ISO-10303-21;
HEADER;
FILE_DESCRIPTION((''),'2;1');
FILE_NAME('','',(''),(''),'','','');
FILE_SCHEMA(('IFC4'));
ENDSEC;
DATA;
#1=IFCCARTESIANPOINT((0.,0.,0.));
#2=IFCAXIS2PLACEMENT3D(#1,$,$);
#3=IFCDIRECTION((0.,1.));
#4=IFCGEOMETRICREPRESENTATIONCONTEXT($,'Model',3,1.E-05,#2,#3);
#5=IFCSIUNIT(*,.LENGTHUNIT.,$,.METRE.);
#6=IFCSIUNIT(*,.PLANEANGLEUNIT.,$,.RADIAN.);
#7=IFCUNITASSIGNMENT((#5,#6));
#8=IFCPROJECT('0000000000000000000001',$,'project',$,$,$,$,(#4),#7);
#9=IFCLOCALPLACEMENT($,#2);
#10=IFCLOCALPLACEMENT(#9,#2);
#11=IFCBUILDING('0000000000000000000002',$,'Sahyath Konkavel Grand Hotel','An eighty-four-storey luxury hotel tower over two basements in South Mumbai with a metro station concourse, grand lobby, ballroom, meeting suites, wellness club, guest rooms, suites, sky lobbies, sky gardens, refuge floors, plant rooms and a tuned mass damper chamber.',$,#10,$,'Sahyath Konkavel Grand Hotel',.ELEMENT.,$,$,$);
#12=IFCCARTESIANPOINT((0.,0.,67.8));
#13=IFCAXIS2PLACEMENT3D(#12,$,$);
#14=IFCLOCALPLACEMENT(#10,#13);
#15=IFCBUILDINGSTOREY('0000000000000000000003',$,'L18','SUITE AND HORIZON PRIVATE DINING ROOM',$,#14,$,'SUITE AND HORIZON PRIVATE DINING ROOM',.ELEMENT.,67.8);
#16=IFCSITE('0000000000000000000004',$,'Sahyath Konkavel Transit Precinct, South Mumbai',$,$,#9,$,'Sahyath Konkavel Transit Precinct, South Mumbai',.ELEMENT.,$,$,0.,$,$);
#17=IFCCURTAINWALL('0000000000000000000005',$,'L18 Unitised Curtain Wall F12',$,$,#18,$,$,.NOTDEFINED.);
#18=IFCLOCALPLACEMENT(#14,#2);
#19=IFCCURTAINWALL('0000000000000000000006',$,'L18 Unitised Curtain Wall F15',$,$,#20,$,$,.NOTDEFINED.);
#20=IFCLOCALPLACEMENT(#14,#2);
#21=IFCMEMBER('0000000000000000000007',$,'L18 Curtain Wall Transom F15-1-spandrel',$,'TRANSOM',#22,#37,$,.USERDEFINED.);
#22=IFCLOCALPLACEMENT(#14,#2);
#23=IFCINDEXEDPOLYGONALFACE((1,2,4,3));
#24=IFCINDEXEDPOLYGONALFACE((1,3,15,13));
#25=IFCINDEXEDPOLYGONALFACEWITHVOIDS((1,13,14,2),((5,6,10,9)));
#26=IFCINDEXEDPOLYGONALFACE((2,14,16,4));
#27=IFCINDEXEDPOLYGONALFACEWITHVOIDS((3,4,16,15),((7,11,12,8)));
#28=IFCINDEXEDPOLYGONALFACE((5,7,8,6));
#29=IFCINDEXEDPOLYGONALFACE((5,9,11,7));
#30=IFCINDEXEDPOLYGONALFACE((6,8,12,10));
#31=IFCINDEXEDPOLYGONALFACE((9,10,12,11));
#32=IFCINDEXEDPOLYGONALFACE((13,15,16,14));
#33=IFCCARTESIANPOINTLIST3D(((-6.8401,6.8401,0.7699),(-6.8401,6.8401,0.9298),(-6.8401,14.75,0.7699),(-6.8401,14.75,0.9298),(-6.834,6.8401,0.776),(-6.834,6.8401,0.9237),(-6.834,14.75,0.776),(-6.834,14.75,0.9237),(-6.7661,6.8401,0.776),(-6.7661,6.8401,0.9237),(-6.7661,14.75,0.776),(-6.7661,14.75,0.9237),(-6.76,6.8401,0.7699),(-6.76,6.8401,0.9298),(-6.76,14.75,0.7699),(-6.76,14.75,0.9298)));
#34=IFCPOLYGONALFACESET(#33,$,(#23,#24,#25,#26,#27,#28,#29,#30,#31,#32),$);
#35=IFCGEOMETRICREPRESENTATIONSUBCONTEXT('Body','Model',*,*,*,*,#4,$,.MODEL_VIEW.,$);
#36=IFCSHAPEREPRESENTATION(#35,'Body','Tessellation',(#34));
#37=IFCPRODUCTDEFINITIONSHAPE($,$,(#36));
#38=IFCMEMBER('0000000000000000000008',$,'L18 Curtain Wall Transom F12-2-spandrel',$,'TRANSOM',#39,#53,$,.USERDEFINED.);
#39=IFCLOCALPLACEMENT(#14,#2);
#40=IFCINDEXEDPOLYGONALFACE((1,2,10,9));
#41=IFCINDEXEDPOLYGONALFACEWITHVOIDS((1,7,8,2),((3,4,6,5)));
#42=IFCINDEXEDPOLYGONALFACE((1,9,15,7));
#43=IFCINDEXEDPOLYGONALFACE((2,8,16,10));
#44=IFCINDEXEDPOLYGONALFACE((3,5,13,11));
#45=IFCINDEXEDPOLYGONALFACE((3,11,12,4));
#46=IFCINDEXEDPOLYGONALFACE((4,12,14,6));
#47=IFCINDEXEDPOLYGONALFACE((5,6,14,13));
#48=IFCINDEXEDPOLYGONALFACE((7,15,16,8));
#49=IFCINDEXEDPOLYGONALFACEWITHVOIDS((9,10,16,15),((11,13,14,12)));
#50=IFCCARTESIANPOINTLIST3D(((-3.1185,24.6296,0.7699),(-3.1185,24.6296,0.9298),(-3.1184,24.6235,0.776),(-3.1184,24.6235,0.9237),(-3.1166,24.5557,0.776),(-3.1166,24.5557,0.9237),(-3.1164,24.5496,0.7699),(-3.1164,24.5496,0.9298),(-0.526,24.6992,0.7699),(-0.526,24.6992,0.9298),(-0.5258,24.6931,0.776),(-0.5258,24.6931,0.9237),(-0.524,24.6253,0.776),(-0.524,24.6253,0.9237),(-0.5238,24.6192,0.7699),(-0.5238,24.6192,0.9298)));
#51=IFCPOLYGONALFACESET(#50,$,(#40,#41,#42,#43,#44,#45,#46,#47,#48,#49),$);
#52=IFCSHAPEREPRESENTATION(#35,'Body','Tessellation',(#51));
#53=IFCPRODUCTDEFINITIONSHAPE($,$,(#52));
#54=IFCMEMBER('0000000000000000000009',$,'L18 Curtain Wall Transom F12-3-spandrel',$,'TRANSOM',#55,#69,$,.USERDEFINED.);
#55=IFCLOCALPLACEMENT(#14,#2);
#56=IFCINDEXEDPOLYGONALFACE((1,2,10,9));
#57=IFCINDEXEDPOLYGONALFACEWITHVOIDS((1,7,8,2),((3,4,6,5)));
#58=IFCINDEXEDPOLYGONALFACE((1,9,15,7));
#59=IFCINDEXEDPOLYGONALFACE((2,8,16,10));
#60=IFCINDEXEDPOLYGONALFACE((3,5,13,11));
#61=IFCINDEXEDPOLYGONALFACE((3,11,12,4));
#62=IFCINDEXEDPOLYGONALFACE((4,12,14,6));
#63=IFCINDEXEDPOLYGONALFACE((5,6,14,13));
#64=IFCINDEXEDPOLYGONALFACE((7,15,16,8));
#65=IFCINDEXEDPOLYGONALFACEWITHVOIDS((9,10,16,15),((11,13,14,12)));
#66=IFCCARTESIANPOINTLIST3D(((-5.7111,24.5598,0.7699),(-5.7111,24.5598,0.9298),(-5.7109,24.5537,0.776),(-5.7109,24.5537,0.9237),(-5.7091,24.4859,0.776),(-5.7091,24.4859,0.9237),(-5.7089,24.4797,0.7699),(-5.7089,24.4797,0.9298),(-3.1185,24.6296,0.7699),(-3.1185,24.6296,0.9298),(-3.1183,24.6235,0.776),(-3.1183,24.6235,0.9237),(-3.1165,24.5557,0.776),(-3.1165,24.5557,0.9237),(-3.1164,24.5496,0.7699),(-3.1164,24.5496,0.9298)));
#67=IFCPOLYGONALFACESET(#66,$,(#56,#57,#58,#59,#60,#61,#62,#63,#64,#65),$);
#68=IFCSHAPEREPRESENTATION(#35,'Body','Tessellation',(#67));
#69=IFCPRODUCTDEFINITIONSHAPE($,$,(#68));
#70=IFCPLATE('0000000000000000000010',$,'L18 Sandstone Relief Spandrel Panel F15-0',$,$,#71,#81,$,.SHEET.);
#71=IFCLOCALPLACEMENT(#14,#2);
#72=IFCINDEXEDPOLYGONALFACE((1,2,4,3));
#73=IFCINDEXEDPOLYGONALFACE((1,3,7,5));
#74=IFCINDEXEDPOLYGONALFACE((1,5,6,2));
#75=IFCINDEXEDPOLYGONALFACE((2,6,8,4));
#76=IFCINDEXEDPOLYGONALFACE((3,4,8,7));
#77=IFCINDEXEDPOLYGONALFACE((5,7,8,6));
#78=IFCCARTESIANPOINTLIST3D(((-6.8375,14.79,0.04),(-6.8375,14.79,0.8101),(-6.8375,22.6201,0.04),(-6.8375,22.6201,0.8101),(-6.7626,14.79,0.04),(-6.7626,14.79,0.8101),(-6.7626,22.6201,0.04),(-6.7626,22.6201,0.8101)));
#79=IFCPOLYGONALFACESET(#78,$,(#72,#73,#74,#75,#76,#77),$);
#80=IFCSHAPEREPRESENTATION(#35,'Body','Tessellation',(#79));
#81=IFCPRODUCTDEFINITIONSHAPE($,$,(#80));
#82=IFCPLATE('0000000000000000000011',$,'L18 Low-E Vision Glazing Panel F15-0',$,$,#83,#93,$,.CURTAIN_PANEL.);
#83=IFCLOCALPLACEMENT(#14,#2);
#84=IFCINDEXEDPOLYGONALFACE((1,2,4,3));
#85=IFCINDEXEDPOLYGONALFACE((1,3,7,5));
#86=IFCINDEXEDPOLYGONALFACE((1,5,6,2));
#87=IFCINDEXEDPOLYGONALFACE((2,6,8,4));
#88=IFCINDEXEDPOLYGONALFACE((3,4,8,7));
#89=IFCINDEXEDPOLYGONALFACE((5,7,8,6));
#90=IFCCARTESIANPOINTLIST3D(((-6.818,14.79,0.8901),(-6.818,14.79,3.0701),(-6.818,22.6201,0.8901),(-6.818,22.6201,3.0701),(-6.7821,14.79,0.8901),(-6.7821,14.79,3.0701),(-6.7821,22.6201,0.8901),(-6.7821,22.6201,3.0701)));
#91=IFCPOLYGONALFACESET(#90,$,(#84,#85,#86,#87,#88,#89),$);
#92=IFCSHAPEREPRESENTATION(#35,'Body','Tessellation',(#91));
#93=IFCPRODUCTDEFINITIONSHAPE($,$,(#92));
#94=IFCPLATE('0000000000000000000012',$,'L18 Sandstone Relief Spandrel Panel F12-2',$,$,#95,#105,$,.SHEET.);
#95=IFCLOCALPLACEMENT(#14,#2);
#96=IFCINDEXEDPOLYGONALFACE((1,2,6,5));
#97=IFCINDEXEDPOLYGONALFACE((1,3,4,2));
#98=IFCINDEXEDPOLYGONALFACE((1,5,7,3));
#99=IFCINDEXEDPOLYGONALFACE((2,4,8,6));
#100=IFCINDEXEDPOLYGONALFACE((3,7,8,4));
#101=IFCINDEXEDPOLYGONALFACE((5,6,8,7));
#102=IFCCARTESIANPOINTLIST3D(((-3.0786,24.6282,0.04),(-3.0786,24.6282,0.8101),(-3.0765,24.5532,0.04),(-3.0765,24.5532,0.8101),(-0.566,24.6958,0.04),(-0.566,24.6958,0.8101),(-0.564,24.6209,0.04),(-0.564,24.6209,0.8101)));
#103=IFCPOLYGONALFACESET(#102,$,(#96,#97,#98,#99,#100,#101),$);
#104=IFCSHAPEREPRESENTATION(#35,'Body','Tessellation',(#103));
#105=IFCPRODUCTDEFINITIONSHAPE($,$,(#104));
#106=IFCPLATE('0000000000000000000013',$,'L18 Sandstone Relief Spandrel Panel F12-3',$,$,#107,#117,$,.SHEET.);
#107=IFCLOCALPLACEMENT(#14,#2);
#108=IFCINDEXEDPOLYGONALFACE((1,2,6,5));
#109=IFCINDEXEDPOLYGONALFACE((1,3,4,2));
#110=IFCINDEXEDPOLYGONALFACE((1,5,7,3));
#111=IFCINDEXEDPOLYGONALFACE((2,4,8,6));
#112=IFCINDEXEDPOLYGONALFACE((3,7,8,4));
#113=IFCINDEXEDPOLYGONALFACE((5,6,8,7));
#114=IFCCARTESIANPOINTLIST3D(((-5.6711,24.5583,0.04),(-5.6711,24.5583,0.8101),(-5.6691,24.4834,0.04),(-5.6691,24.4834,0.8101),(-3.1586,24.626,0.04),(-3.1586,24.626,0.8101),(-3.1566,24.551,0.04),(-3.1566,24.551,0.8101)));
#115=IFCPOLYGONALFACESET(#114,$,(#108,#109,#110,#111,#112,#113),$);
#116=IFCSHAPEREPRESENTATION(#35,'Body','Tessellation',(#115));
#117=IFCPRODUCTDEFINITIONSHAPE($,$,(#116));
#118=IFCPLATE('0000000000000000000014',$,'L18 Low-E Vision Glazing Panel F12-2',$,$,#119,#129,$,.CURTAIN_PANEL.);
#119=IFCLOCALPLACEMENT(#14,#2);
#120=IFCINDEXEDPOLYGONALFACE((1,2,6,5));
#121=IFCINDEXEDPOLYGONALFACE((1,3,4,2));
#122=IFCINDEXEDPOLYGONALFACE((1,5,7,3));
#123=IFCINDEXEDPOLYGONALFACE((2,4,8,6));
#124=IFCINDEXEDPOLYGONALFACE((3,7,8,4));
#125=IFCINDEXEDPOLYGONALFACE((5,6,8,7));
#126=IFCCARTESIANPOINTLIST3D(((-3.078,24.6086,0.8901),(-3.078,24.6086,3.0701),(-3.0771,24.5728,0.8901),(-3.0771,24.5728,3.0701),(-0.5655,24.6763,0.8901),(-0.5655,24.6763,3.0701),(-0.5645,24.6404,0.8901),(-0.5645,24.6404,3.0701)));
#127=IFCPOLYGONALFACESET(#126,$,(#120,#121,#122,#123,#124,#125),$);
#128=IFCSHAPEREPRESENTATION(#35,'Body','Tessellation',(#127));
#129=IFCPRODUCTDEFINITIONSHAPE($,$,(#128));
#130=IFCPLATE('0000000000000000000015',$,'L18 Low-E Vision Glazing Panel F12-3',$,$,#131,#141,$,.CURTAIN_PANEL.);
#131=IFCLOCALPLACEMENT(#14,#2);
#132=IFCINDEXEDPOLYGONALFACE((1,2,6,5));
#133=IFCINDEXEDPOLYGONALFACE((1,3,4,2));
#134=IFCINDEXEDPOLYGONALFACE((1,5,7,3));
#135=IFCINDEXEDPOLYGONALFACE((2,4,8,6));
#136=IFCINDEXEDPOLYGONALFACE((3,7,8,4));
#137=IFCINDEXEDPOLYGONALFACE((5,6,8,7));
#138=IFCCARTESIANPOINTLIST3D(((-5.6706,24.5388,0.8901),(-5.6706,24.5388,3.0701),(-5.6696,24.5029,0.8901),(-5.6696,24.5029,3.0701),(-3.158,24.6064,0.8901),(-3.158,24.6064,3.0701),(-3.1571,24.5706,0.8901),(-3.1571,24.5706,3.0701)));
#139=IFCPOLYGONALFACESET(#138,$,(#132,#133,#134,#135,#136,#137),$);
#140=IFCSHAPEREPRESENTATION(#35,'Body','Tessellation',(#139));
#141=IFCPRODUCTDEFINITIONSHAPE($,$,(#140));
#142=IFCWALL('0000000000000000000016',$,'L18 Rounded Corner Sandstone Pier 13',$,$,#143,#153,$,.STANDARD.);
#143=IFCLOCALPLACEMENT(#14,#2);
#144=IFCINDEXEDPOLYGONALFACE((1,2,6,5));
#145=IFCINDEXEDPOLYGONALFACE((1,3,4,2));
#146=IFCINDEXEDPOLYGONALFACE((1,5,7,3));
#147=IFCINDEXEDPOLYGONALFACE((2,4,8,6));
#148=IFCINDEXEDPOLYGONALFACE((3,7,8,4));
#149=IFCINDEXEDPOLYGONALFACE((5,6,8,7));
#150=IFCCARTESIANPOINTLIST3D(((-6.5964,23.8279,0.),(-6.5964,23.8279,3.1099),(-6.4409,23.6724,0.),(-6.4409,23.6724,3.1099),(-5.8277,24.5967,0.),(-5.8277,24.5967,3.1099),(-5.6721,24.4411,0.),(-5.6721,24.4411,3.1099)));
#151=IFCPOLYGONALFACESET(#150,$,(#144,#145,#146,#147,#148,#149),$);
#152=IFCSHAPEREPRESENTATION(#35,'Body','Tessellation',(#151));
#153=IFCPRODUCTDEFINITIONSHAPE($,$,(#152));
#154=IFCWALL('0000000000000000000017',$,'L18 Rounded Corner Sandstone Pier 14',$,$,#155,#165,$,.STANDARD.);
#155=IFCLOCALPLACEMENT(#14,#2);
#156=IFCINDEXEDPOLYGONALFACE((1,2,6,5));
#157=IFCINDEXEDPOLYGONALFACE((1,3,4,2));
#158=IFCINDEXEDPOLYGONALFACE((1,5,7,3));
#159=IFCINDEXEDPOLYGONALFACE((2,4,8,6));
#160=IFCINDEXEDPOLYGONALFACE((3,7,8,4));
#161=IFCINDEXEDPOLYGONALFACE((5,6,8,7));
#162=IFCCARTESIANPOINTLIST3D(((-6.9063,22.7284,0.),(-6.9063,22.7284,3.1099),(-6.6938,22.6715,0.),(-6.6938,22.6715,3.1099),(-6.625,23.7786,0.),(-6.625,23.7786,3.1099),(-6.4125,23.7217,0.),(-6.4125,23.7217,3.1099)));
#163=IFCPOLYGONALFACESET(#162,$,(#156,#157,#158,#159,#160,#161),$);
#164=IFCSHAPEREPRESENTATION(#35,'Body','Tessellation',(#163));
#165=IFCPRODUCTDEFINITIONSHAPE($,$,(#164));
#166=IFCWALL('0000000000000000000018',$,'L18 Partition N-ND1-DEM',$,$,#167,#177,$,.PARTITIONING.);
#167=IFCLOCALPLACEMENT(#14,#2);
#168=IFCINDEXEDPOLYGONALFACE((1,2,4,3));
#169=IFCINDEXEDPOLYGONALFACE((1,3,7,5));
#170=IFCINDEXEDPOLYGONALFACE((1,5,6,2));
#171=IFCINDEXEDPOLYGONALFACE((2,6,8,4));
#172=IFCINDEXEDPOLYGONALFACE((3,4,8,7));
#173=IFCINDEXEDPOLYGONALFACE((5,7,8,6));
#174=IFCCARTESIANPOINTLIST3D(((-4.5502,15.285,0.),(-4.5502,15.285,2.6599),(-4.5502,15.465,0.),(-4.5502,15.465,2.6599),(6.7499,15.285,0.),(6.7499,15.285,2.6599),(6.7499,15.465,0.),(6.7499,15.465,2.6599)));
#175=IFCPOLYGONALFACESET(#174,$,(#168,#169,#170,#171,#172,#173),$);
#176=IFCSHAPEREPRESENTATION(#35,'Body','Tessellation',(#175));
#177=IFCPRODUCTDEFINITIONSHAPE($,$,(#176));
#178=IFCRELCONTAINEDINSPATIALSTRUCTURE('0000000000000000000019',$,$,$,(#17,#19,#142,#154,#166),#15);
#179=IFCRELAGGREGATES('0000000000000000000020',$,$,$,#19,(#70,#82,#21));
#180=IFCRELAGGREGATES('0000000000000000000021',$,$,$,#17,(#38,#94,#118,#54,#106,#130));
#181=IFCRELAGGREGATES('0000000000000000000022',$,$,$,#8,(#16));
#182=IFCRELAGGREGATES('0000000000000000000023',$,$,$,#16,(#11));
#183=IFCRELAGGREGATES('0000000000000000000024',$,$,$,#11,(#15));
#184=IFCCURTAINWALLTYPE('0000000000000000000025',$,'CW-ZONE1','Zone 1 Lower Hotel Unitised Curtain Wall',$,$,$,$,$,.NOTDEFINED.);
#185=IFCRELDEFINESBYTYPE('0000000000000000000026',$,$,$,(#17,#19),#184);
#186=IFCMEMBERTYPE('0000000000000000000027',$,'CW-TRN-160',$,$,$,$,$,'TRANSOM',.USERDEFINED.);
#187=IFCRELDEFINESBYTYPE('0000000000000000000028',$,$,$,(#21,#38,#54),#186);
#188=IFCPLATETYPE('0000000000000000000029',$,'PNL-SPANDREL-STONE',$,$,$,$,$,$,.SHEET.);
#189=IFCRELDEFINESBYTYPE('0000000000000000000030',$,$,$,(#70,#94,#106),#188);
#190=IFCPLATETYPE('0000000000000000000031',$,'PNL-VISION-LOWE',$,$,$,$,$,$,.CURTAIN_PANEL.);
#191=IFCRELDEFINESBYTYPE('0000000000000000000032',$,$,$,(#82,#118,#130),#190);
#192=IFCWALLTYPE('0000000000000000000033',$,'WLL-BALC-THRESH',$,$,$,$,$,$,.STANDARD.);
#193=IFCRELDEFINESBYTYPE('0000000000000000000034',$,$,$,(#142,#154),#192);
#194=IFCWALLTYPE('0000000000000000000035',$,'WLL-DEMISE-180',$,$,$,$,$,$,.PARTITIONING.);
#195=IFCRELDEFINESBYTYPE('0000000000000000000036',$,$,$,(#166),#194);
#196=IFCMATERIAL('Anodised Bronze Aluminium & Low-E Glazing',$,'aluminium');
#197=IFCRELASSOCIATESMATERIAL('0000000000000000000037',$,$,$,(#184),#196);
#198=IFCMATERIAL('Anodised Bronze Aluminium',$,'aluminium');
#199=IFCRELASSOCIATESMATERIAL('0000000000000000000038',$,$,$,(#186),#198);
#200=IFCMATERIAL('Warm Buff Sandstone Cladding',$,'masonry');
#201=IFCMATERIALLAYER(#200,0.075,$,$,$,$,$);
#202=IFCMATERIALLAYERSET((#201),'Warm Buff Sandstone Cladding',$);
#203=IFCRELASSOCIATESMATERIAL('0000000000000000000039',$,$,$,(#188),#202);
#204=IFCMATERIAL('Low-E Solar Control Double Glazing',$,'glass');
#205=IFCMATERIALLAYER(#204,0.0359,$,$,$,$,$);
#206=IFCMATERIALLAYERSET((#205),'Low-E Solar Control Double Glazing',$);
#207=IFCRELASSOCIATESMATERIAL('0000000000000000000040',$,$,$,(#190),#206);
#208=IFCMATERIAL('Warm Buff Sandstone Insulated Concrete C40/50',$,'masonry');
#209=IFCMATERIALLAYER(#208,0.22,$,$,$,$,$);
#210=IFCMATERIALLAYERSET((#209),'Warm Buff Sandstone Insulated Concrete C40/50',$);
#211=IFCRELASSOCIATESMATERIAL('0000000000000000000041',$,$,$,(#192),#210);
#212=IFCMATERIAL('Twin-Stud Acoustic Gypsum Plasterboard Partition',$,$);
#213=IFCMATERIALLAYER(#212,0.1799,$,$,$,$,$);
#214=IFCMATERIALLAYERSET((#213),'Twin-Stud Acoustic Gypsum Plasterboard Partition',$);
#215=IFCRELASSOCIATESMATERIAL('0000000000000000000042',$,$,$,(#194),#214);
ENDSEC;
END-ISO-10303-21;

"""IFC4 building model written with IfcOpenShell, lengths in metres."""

from ifc_helpers import new_model, si_unit, direction, frame, frame_2d, origin, origin_2d, place, context, subcontext, project, spatial, rectangle, hollow_rectangle, extrude, source, transform, mapped, material, layer, layer_set, material_profile, profile_set, type_object, element, aggregate, save


model = new_model("IFC4")

# Units and contexts
model_context = context("Model", 3, precision=1e-05, world=origin(), true_north=direction((0.0, 1.0)))
body_context = subcontext(model_context, "Body", "Model", "MODEL_VIEW")
ifc_project = project(units=[si_unit("LENGTHUNIT", "METRE"), si_unit("PLANEANGLEUNIT", "RADIAN")], contexts=[model_context])

# Site, building, storey
site_placement = place(None, origin())
site = spatial("IfcSite", under=ifc_project, at=site_placement, Name="Sahyath Konkavel Transit Precinct, South Mumbai", LongName="Sahyath Konkavel Transit Precinct, South Mumbai", CompositionType="ELEMENT", RefElevation=0.0)
building_placement = place(site_placement, origin())
building = spatial("IfcBuilding", under=site, at=building_placement, Name="Sahyath Konkavel Grand Hotel", Description="An eighty-four-storey luxury hotel tower over two basements in South Mumbai with a metro station concourse, grand lobby, ballroom, meeting suites, wellness club, guest rooms, suites, sky lobbies, sky gardens, refuge floors, plant rooms and a tuned mass damper chamber.", LongName="Sahyath Konkavel Grand Hotel", CompositionType="ELEMENT")
storey_placement = place(building_placement, frame((0.0, 0.0, 67.8)))
storey = spatial("IfcBuildingStorey", under=building, at=storey_placement, Name="L18", Description="SUITE AND HORIZON PRIVATE DINING ROOM", LongName="SUITE AND HORIZON PRIVATE DINING ROOM", CompositionType="ELEMENT", Elevation=67.8)

# Curtain walls
ifc_material_1 = material(Name="Anodised Bronze Aluminium & Low-E Glazing", Category="aluminium")
curtain_wall_type = type_object("IfcCurtainWallType", Name="CW-ZONE1", Description="Zone 1 Lower Hotel Unitised Curtain Wall", PredefinedType="NOTDEFINED", material=ifc_material_1)
curtain_wall_1_placement = place(storey_placement, origin())
curtain_wall_1 = element("IfcCurtainWall", 1, at=curtain_wall_1_placement, inside=storey, type_object=curtain_wall_type, Name="L18 Unitised Curtain Wall F12", PredefinedType="NOTDEFINED")
ifc_material_2 = material(Name="Anodised Bronze Aluminium", Category="aluminium")
curtain_wall_2_placement = place(storey_placement, origin())
curtain_wall_2 = element("IfcCurtainWall", 2, at=curtain_wall_2_placement, inside=storey, type_object=curtain_wall_type, Name="L18 Unitised Curtain Wall F15", PredefinedType="NOTDEFINED")

# Members
ifc_material_profile_1 = material_profile(ifc_material_2, hollow_rectangle(XDim=0.0801, YDim=0.1599, WallThickness=0.0061, at=origin_2d()), Name="RHS 160x80x6")
ifc_profile_set_1 = profile_set([ifc_material_profile_1], Name="Anodised Bronze Aluminium")
member_type_1 = type_object("IfcMemberType", Name="CW-TRN-160", ElementType="TRANSOM", PredefinedType="USERDEFINED", material=ifc_profile_set_1)
shared_shape_1 = source(origin(), body_context, "Body", "SweptSolid", [
    extrude(hollow_rectangle(XDim=0.0801, YDim=0.1599, WallThickness=0.0061, at=origin_2d()), origin(), (0.0, 0.0, 1.0), 7.9099),
])
member_1_placement = place(storey_placement, frame((-6.8, 14.75, 0.8499), z_axis=(0.0, -1.0, 0.0), x_axis=(1.0, 0.0, 0.0)))
member_1 = element("IfcMember", 3, at=member_1_placement, type_object=member_type_1, Name="L18 Curtain Wall Transom F15-1-spandrel", ObjectType="TRANSOM", PredefinedType="USERDEFINED", context=body_context, shape_type="MappedRepresentation", body=[
    mapped(shared_shape_1, transform((0.0, 0.0, 0.0), scale=1.0)),
])
shared_shape_2 = source(origin(), body_context, "Body", "SweptSolid", [
    extrude(hollow_rectangle(XDim=0.0801, YDim=0.1599, WallThickness=0.0061, at=origin_2d()), origin(), (0.0, 0.0, 1.0), 2.5935),
])
member_2_placement = place(storey_placement, frame((-0.5249, 24.6592, 0.8499), z_axis=(-0.99964, -0.026829, 0.0), x_axis=(0.026829, -0.99964, 0.0)))
member_2 = element("IfcMember", 4, at=member_2_placement, type_object=member_type_1, Name="L18 Curtain Wall Transom F12-2-spandrel", ObjectType="TRANSOM", PredefinedType="USERDEFINED", context=body_context, shape_type="MappedRepresentation", body=[
    mapped(shared_shape_2, transform((0.0, 0.0, 0.0), scale=1.0)),
])
member_3_placement = place(storey_placement, frame((-3.1174, 24.5896, 0.8499), z_axis=(-0.999638, -0.026923, 0.0), x_axis=(0.026923, -0.999638, 0.0)))
member_3 = element("IfcMember", 5, at=member_3_placement, type_object=member_type_1, Name="L18 Curtain Wall Transom F12-3-spandrel", ObjectType="TRANSOM", PredefinedType="USERDEFINED", context=body_context, shape_type="MappedRepresentation", body=[
    mapped(shared_shape_2, transform((0.0, 0.0, 0.0), scale=1.0)),
])

# Plates
ifc_material_3 = material(Name="Warm Buff Sandstone Cladding", Category="masonry")
ifc_layer_1 = layer(ifc_material_3, 0.075)
ifc_layer_set_1 = layer_set([ifc_layer_1], Name="Warm Buff Sandstone Cladding")
plate_type_1 = type_object("IfcPlateType", Name="PNL-SPANDREL-STONE", PredefinedType="SHEET", material=ifc_layer_set_1)
shared_shape_3 = source(origin(), body_context, "Body", "SweptSolid", [
    extrude(rectangle(XDim=7.8301, YDim=0.075, at=origin_2d()), origin(), (0.0, 0.0, 1.0), 0.77),
])
plate_1_placement = place(storey_placement, frame((-6.8, 18.7051, 0.04), z_axis=(0.0, 0.0, 1.0), x_axis=(0.0, -1.0, 0.0)))
plate_1 = element("IfcPlate", 6, at=plate_1_placement, type_object=plate_type_1, Name="L18 Sandstone Relief Spandrel Panel F15-0", PredefinedType="SHEET", context=body_context, shape_type="MappedRepresentation", body=[
    mapped(shared_shape_3, transform((0.0, 0.0, 0.0), scale=1.0)),
])
ifc_material_4 = material(Name="Low-E Solar Control Double Glazing", Category="glass")
ifc_layer_2 = layer(ifc_material_4, 0.0359)
ifc_layer_set_2 = layer_set([ifc_layer_2], Name="Low-E Solar Control Double Glazing")
plate_type_2 = type_object("IfcPlateType", Name="PNL-VISION-LOWE", PredefinedType="CURTAIN_PANEL", material=ifc_layer_set_2)
shared_shape_4 = source(origin(), body_context, "Body", "SweptSolid", [
    extrude(rectangle(XDim=7.8301, YDim=0.0359, at=origin_2d()), origin(), (0.0, 0.0, 1.0), 2.1799),
])
plate_2_placement = place(storey_placement, frame((-6.8, 18.7051, 0.8901), z_axis=(0.0, 0.0, 1.0), x_axis=(0.0, -1.0, 0.0)))
plate_2 = element("IfcPlate", 7, at=plate_2_placement, type_object=plate_type_2, Name="L18 Low-E Vision Glazing Panel F15-0", PredefinedType="CURTAIN_PANEL", context=body_context, shape_type="MappedRepresentation", body=[
    mapped(shared_shape_4, transform((0.0, 0.0, 0.0), scale=1.0)),
])
aggregate(curtain_wall_2, [plate_1, plate_2, member_1])
shared_shape_5 = source(origin(), body_context, "Body", "SweptSolid", [
    extrude(rectangle(XDim=2.5134, YDim=0.075, at=origin_2d()), origin(), (0.0, 0.0, 1.0), 0.77),
])
plate_3_placement = place(storey_placement, frame((-1.8213, 24.6245, 0.04), z_axis=(0.0, 0.0, 1.0), x_axis=(-0.999638, -0.02691, 0.0)))
plate_3 = element("IfcPlate", 8, at=plate_3_placement, type_object=plate_type_1, Name="L18 Sandstone Relief Spandrel Panel F12-2", PredefinedType="SHEET", context=body_context, shape_type="MappedRepresentation", body=[
    mapped(shared_shape_5, transform((0.0, 0.0, 0.0), scale=1.0)),
])
plate_4_placement = place(storey_placement, frame((-4.4138, 24.5547, 0.04), z_axis=(0.0, 0.0, 1.0), x_axis=(-0.999638, -0.02691, 0.0)))
plate_4 = element("IfcPlate", 9, at=plate_4_placement, type_object=plate_type_1, Name="L18 Sandstone Relief Spandrel Panel F12-3", PredefinedType="SHEET", context=body_context, shape_type="MappedRepresentation", body=[
    mapped(shared_shape_5, transform((0.0, 0.0, 0.0), scale=1.0)),
])
shared_shape_6 = source(origin(), body_context, "Body", "SweptSolid", [
    extrude(rectangle(XDim=2.5134, YDim=0.0359, at=origin_2d()), origin(), (0.0, 0.0, 1.0), 2.1799),
])
plate_5_placement = place(storey_placement, frame((-1.8213, 24.6245, 0.8901), z_axis=(0.0, 0.0, 1.0), x_axis=(-0.999638, -0.02691, 0.0)))
plate_5 = element("IfcPlate", 10, at=plate_5_placement, type_object=plate_type_2, Name="L18 Low-E Vision Glazing Panel F12-2", PredefinedType="CURTAIN_PANEL", context=body_context, shape_type="MappedRepresentation", body=[
    mapped(shared_shape_6, transform((0.0, 0.0, 0.0), scale=1.0)),
])
plate_6_placement = place(storey_placement, frame((-4.4138, 24.5547, 0.8901), z_axis=(0.0, 0.0, 1.0), x_axis=(-0.999638, -0.02691, 0.0)))
plate_6 = element("IfcPlate", 11, at=plate_6_placement, type_object=plate_type_2, Name="L18 Low-E Vision Glazing Panel F12-3", PredefinedType="CURTAIN_PANEL", context=body_context, shape_type="MappedRepresentation", body=[
    mapped(shared_shape_6, transform((0.0, 0.0, 0.0), scale=1.0)),
])
aggregate(curtain_wall_1, [member_2, plate_3, plate_5, member_3, plate_4, plate_6])

# Walls
ifc_material_5 = material(Name="Warm Buff Sandstone Insulated Concrete C40/50", Category="masonry")
ifc_layer_3 = layer(ifc_material_5, 0.22)
ifc_layer_set_3 = layer_set([ifc_layer_3], Name="Warm Buff Sandstone Insulated Concrete C40/50")
wall_type_1 = type_object("IfcWallType", Name="WLL-BALC-THRESH", PredefinedType="STANDARD", material=ifc_layer_set_3)
for number, where, z_axis, x_axis, name in (
    (12, (-5.75, 24.5188, 0.0), (0.0, 0.0, 1.0), (-0.707107, -0.707107, 0.0), "L18 Rounded Corner Sandstone Pier 13"),
    (13, (-6.5188, 23.75, 0.0), (0.0, 0.0, 1.0), (-0.258725, -0.965951, 0.0), "L18 Rounded Corner Sandstone Pier 14"),
):
    element("IfcWall", number, at=place(storey_placement, frame(where, z_axis=z_axis, x_axis=x_axis)), inside=storey, type_object=wall_type_1, Name=name, PredefinedType="STANDARD", context=body_context, shape_type="SweptSolid", body=[
        extrude(rectangle(XDim=1.0872, YDim=0.22, at=frame_2d((0.5435, 0.0))), origin(), (0.0, 0.0, 1.0), 3.1099),
    ])
ifc_material_6 = material(Name="Twin-Stud Acoustic Gypsum Plasterboard Partition")
ifc_layer_4 = layer(ifc_material_6, 0.1799)
ifc_layer_set_4 = layer_set([ifc_layer_4], Name="Twin-Stud Acoustic Gypsum Plasterboard Partition")
wall_type_2 = type_object("IfcWallType", Name="WLL-DEMISE-180", PredefinedType="PARTITIONING", material=ifc_layer_set_4)
wall_1_placement = place(storey_placement, frame((-4.55, 15.375, 0.0), z_axis=(0.0, 0.0, 1.0), x_axis=(1.0, 0.0, 0.0)))
element("IfcWall", 14, at=wall_1_placement, inside=storey, type_object=wall_type_2, Name="L18 Partition N-ND1-DEM", PredefinedType="PARTITIONING", context=body_context, shape_type="SweptSolid", body=[
    extrude(rectangle(XDim=11.3, YDim=0.1799, at=frame_2d((5.6499, 0.0))), origin(), (0.0, 0.0, 1.0), 2.6599),
])

save(model, "model.ifc")
